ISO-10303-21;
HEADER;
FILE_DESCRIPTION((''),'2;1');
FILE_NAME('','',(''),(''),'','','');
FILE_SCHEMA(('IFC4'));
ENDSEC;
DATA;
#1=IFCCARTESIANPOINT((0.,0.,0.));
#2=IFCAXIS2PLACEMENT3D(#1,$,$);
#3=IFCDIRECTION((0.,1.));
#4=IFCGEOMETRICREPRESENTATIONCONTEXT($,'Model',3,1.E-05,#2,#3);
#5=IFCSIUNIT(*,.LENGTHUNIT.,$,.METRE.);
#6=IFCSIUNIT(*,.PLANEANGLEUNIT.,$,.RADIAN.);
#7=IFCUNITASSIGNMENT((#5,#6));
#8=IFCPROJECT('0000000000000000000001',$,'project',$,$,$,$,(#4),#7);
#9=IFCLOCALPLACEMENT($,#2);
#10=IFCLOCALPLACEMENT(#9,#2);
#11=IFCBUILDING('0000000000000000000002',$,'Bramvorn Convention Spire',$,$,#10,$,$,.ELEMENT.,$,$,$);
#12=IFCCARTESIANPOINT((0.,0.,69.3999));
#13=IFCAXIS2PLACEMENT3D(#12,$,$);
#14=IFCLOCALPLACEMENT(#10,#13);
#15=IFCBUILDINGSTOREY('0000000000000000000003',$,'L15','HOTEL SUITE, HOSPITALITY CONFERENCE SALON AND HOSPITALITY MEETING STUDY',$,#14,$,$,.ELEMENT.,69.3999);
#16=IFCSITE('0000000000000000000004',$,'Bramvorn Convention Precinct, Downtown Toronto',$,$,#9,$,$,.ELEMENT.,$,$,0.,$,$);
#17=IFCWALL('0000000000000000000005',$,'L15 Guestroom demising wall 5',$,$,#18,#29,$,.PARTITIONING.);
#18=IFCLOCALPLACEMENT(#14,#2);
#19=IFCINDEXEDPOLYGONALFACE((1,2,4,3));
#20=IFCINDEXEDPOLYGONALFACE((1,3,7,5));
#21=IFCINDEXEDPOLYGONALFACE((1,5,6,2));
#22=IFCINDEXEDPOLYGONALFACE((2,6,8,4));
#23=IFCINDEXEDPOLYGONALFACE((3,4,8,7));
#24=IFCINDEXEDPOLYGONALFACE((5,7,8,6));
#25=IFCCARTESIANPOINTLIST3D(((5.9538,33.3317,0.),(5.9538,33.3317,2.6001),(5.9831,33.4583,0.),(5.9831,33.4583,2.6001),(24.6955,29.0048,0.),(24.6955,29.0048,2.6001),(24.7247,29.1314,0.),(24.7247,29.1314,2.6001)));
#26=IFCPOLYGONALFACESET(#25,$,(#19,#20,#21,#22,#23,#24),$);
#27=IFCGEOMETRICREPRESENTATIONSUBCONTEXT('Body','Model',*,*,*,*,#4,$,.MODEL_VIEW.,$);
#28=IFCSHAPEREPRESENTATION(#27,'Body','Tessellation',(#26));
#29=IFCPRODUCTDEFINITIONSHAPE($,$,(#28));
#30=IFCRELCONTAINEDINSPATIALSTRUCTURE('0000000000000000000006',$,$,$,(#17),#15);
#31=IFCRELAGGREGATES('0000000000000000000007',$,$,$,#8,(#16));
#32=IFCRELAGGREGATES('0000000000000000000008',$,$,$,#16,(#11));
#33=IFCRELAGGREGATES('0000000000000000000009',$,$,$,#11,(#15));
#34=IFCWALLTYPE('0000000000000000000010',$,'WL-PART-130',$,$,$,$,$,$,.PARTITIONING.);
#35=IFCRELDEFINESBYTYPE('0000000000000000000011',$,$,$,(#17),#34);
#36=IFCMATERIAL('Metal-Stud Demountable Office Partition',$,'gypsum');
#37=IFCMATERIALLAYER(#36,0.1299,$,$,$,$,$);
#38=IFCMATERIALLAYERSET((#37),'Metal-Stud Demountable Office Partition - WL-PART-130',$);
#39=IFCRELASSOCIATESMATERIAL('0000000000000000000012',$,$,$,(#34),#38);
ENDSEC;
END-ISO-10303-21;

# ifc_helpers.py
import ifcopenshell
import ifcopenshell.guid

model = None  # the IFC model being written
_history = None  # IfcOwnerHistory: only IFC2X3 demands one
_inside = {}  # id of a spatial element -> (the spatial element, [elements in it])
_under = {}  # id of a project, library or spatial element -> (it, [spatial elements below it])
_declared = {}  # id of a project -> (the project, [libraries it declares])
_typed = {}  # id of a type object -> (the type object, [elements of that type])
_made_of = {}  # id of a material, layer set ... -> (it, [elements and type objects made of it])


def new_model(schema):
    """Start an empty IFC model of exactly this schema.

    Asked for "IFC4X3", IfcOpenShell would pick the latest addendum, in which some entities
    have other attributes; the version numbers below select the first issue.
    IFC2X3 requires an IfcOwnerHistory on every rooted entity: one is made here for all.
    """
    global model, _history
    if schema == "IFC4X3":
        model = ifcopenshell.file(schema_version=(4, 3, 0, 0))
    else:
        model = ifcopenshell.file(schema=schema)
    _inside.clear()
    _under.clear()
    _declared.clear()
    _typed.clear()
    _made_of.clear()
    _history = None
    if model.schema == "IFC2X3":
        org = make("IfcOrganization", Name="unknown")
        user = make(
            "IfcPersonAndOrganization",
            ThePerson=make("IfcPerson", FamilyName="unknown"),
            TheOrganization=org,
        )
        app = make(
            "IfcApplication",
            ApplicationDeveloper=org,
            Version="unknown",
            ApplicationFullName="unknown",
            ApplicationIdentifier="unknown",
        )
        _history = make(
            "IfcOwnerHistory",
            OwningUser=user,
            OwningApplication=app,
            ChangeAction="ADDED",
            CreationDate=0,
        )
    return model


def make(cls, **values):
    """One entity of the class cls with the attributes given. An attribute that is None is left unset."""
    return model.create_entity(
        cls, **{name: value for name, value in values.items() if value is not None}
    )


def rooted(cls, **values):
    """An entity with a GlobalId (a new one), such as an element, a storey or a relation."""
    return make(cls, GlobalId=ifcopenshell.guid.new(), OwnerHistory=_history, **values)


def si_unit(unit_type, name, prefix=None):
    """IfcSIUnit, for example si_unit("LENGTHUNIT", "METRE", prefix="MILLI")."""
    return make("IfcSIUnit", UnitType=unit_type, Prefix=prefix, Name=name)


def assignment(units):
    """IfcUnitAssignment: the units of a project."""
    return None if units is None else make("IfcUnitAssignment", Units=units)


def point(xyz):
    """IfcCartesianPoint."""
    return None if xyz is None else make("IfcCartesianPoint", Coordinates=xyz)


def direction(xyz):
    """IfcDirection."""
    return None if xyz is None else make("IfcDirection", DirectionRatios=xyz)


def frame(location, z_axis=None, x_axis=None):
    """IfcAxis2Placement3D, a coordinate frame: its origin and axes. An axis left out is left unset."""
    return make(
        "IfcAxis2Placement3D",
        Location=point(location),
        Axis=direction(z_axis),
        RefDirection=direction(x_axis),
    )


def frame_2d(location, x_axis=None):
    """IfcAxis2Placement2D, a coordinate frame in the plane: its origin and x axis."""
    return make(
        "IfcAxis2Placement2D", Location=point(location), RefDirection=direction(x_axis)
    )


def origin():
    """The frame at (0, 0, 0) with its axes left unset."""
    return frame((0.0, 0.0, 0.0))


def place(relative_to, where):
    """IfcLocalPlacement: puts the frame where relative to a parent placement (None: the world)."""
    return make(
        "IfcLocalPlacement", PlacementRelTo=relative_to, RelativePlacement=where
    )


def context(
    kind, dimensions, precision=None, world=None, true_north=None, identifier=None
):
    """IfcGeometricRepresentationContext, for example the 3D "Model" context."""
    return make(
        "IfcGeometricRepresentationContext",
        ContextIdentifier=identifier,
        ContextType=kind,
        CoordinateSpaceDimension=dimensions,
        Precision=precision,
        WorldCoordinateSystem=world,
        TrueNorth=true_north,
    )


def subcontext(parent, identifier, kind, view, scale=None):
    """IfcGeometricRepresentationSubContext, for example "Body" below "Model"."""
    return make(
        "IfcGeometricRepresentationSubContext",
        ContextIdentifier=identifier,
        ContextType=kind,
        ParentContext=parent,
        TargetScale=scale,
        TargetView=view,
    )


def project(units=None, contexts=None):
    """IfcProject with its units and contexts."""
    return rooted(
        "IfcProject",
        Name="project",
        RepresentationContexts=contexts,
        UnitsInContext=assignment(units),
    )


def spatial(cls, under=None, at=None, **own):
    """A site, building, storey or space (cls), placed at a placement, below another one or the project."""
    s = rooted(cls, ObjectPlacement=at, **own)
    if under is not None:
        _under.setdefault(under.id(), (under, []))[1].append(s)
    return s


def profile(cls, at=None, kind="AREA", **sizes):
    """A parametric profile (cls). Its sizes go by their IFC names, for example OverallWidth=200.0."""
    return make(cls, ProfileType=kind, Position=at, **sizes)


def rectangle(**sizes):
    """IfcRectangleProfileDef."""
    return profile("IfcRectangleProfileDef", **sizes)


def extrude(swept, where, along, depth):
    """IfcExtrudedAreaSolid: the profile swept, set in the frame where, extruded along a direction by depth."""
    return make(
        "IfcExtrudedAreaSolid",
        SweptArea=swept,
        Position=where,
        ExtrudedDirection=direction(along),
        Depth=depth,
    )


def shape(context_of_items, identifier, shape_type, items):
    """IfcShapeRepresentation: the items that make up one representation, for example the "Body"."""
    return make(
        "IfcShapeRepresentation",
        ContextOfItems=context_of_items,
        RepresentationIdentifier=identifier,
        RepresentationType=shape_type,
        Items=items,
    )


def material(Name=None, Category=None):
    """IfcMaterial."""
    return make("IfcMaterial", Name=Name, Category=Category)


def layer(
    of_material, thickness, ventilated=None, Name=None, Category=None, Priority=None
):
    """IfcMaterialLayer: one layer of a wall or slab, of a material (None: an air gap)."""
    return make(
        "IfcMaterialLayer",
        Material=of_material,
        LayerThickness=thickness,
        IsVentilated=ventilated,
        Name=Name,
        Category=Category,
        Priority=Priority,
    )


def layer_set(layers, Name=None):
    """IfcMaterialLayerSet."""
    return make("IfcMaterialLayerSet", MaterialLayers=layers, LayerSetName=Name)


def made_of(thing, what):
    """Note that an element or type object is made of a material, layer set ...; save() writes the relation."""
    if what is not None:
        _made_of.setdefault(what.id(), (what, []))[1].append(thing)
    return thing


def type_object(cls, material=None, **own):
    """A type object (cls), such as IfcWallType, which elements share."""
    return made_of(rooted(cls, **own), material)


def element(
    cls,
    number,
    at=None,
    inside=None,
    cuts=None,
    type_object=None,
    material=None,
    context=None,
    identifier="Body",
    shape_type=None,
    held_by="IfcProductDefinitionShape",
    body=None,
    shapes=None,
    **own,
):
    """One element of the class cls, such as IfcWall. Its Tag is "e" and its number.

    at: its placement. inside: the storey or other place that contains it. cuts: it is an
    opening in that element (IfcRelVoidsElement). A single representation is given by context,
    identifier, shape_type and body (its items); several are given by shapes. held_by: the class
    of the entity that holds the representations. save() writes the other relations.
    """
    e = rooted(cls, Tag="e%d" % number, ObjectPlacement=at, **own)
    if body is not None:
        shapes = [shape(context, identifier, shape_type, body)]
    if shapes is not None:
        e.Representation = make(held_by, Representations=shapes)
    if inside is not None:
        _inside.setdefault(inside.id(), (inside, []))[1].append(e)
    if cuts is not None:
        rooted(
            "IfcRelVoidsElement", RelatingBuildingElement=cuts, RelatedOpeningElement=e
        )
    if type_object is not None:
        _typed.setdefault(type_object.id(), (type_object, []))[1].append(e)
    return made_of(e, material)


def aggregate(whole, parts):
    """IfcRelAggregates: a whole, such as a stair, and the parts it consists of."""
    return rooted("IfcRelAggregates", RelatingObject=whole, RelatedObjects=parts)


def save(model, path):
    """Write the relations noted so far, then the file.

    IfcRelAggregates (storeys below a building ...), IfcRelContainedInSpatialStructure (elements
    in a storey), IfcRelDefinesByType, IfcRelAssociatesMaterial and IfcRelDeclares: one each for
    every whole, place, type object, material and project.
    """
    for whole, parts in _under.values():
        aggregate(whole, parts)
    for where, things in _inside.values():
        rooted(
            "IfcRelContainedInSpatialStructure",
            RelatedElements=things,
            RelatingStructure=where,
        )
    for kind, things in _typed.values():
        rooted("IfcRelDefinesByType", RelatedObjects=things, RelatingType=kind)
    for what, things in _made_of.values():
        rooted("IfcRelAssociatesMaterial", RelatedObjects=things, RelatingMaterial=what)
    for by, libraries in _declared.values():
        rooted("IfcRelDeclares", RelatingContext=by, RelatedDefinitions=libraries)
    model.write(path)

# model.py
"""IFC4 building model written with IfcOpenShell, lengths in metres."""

from ifc_helpers import new_model, si_unit, direction, frame, frame_2d, origin, place, context, subcontext, project, spatial, rectangle, extrude, material, layer, layer_set, type_object, element, save


model = new_model("IFC4")

# Units and contexts
model_context = context("Model", 3, precision=1e-05, world=origin(), true_north=direction((0.0, 1.0)))
body_context = subcontext(model_context, "Body", "Model", "MODEL_VIEW")
ifc_project = project(units=[si_unit("LENGTHUNIT", "METRE"), si_unit("PLANEANGLEUNIT", "RADIAN")], contexts=[model_context])

# Site, building, storey
site_placement = place(None, origin())
site = spatial("IfcSite", under=ifc_project, at=site_placement, Name="Bramvorn Convention Precinct, Downtown Toronto", CompositionType="ELEMENT", RefElevation=0.0)
building_placement = place(site_placement, origin())
building = spatial("IfcBuilding", under=site, at=building_placement, Name="Bramvorn Convention Spire", CompositionType="ELEMENT")
storey_placement = place(building_placement, frame((0.0, 0.0, 69.3999)))
storey = spatial("IfcBuildingStorey", under=building, at=storey_placement, Name="L15", Description="HOTEL SUITE, HOSPITALITY CONFERENCE SALON AND HOSPITALITY MEETING STUDY", CompositionType="ELEMENT", Elevation=69.3999)

# Wall
ifc_material_1 = material(Name="Metal-Stud Demountable Office Partition", Category="gypsum")
ifc_layer_1 = layer(ifc_material_1, 0.1299)
ifc_layer_set_1 = layer_set([ifc_layer_1], Name="Metal-Stud Demountable Office Partition - WL-PART-130")
wall_type_1 = type_object("IfcWallType", Name="WL-PART-130", PredefinedType="PARTITIONING", material=ifc_layer_set_1)
wall_1_placement = place(storey_placement, frame((24.71, 29.0681, 0.0), z_axis=(0.0, 0.0, 1.0), x_axis=(-0.97437, 0.224953, 0.0)))
element("IfcWall", 1, at=wall_1_placement, inside=storey, type_object=wall_type_1, Name="L15 Guestroom demising wall 5", PredefinedType="PARTITIONING", context=body_context, shape_type="SweptSolid", body=[
    extrude(rectangle(XDim=19.2346, YDim=0.1299, at=frame_2d((9.6172, 0.0))), origin(), (0.0, 0.0, 1.0), 2.6001),
])

save(model, "model.ifc")
